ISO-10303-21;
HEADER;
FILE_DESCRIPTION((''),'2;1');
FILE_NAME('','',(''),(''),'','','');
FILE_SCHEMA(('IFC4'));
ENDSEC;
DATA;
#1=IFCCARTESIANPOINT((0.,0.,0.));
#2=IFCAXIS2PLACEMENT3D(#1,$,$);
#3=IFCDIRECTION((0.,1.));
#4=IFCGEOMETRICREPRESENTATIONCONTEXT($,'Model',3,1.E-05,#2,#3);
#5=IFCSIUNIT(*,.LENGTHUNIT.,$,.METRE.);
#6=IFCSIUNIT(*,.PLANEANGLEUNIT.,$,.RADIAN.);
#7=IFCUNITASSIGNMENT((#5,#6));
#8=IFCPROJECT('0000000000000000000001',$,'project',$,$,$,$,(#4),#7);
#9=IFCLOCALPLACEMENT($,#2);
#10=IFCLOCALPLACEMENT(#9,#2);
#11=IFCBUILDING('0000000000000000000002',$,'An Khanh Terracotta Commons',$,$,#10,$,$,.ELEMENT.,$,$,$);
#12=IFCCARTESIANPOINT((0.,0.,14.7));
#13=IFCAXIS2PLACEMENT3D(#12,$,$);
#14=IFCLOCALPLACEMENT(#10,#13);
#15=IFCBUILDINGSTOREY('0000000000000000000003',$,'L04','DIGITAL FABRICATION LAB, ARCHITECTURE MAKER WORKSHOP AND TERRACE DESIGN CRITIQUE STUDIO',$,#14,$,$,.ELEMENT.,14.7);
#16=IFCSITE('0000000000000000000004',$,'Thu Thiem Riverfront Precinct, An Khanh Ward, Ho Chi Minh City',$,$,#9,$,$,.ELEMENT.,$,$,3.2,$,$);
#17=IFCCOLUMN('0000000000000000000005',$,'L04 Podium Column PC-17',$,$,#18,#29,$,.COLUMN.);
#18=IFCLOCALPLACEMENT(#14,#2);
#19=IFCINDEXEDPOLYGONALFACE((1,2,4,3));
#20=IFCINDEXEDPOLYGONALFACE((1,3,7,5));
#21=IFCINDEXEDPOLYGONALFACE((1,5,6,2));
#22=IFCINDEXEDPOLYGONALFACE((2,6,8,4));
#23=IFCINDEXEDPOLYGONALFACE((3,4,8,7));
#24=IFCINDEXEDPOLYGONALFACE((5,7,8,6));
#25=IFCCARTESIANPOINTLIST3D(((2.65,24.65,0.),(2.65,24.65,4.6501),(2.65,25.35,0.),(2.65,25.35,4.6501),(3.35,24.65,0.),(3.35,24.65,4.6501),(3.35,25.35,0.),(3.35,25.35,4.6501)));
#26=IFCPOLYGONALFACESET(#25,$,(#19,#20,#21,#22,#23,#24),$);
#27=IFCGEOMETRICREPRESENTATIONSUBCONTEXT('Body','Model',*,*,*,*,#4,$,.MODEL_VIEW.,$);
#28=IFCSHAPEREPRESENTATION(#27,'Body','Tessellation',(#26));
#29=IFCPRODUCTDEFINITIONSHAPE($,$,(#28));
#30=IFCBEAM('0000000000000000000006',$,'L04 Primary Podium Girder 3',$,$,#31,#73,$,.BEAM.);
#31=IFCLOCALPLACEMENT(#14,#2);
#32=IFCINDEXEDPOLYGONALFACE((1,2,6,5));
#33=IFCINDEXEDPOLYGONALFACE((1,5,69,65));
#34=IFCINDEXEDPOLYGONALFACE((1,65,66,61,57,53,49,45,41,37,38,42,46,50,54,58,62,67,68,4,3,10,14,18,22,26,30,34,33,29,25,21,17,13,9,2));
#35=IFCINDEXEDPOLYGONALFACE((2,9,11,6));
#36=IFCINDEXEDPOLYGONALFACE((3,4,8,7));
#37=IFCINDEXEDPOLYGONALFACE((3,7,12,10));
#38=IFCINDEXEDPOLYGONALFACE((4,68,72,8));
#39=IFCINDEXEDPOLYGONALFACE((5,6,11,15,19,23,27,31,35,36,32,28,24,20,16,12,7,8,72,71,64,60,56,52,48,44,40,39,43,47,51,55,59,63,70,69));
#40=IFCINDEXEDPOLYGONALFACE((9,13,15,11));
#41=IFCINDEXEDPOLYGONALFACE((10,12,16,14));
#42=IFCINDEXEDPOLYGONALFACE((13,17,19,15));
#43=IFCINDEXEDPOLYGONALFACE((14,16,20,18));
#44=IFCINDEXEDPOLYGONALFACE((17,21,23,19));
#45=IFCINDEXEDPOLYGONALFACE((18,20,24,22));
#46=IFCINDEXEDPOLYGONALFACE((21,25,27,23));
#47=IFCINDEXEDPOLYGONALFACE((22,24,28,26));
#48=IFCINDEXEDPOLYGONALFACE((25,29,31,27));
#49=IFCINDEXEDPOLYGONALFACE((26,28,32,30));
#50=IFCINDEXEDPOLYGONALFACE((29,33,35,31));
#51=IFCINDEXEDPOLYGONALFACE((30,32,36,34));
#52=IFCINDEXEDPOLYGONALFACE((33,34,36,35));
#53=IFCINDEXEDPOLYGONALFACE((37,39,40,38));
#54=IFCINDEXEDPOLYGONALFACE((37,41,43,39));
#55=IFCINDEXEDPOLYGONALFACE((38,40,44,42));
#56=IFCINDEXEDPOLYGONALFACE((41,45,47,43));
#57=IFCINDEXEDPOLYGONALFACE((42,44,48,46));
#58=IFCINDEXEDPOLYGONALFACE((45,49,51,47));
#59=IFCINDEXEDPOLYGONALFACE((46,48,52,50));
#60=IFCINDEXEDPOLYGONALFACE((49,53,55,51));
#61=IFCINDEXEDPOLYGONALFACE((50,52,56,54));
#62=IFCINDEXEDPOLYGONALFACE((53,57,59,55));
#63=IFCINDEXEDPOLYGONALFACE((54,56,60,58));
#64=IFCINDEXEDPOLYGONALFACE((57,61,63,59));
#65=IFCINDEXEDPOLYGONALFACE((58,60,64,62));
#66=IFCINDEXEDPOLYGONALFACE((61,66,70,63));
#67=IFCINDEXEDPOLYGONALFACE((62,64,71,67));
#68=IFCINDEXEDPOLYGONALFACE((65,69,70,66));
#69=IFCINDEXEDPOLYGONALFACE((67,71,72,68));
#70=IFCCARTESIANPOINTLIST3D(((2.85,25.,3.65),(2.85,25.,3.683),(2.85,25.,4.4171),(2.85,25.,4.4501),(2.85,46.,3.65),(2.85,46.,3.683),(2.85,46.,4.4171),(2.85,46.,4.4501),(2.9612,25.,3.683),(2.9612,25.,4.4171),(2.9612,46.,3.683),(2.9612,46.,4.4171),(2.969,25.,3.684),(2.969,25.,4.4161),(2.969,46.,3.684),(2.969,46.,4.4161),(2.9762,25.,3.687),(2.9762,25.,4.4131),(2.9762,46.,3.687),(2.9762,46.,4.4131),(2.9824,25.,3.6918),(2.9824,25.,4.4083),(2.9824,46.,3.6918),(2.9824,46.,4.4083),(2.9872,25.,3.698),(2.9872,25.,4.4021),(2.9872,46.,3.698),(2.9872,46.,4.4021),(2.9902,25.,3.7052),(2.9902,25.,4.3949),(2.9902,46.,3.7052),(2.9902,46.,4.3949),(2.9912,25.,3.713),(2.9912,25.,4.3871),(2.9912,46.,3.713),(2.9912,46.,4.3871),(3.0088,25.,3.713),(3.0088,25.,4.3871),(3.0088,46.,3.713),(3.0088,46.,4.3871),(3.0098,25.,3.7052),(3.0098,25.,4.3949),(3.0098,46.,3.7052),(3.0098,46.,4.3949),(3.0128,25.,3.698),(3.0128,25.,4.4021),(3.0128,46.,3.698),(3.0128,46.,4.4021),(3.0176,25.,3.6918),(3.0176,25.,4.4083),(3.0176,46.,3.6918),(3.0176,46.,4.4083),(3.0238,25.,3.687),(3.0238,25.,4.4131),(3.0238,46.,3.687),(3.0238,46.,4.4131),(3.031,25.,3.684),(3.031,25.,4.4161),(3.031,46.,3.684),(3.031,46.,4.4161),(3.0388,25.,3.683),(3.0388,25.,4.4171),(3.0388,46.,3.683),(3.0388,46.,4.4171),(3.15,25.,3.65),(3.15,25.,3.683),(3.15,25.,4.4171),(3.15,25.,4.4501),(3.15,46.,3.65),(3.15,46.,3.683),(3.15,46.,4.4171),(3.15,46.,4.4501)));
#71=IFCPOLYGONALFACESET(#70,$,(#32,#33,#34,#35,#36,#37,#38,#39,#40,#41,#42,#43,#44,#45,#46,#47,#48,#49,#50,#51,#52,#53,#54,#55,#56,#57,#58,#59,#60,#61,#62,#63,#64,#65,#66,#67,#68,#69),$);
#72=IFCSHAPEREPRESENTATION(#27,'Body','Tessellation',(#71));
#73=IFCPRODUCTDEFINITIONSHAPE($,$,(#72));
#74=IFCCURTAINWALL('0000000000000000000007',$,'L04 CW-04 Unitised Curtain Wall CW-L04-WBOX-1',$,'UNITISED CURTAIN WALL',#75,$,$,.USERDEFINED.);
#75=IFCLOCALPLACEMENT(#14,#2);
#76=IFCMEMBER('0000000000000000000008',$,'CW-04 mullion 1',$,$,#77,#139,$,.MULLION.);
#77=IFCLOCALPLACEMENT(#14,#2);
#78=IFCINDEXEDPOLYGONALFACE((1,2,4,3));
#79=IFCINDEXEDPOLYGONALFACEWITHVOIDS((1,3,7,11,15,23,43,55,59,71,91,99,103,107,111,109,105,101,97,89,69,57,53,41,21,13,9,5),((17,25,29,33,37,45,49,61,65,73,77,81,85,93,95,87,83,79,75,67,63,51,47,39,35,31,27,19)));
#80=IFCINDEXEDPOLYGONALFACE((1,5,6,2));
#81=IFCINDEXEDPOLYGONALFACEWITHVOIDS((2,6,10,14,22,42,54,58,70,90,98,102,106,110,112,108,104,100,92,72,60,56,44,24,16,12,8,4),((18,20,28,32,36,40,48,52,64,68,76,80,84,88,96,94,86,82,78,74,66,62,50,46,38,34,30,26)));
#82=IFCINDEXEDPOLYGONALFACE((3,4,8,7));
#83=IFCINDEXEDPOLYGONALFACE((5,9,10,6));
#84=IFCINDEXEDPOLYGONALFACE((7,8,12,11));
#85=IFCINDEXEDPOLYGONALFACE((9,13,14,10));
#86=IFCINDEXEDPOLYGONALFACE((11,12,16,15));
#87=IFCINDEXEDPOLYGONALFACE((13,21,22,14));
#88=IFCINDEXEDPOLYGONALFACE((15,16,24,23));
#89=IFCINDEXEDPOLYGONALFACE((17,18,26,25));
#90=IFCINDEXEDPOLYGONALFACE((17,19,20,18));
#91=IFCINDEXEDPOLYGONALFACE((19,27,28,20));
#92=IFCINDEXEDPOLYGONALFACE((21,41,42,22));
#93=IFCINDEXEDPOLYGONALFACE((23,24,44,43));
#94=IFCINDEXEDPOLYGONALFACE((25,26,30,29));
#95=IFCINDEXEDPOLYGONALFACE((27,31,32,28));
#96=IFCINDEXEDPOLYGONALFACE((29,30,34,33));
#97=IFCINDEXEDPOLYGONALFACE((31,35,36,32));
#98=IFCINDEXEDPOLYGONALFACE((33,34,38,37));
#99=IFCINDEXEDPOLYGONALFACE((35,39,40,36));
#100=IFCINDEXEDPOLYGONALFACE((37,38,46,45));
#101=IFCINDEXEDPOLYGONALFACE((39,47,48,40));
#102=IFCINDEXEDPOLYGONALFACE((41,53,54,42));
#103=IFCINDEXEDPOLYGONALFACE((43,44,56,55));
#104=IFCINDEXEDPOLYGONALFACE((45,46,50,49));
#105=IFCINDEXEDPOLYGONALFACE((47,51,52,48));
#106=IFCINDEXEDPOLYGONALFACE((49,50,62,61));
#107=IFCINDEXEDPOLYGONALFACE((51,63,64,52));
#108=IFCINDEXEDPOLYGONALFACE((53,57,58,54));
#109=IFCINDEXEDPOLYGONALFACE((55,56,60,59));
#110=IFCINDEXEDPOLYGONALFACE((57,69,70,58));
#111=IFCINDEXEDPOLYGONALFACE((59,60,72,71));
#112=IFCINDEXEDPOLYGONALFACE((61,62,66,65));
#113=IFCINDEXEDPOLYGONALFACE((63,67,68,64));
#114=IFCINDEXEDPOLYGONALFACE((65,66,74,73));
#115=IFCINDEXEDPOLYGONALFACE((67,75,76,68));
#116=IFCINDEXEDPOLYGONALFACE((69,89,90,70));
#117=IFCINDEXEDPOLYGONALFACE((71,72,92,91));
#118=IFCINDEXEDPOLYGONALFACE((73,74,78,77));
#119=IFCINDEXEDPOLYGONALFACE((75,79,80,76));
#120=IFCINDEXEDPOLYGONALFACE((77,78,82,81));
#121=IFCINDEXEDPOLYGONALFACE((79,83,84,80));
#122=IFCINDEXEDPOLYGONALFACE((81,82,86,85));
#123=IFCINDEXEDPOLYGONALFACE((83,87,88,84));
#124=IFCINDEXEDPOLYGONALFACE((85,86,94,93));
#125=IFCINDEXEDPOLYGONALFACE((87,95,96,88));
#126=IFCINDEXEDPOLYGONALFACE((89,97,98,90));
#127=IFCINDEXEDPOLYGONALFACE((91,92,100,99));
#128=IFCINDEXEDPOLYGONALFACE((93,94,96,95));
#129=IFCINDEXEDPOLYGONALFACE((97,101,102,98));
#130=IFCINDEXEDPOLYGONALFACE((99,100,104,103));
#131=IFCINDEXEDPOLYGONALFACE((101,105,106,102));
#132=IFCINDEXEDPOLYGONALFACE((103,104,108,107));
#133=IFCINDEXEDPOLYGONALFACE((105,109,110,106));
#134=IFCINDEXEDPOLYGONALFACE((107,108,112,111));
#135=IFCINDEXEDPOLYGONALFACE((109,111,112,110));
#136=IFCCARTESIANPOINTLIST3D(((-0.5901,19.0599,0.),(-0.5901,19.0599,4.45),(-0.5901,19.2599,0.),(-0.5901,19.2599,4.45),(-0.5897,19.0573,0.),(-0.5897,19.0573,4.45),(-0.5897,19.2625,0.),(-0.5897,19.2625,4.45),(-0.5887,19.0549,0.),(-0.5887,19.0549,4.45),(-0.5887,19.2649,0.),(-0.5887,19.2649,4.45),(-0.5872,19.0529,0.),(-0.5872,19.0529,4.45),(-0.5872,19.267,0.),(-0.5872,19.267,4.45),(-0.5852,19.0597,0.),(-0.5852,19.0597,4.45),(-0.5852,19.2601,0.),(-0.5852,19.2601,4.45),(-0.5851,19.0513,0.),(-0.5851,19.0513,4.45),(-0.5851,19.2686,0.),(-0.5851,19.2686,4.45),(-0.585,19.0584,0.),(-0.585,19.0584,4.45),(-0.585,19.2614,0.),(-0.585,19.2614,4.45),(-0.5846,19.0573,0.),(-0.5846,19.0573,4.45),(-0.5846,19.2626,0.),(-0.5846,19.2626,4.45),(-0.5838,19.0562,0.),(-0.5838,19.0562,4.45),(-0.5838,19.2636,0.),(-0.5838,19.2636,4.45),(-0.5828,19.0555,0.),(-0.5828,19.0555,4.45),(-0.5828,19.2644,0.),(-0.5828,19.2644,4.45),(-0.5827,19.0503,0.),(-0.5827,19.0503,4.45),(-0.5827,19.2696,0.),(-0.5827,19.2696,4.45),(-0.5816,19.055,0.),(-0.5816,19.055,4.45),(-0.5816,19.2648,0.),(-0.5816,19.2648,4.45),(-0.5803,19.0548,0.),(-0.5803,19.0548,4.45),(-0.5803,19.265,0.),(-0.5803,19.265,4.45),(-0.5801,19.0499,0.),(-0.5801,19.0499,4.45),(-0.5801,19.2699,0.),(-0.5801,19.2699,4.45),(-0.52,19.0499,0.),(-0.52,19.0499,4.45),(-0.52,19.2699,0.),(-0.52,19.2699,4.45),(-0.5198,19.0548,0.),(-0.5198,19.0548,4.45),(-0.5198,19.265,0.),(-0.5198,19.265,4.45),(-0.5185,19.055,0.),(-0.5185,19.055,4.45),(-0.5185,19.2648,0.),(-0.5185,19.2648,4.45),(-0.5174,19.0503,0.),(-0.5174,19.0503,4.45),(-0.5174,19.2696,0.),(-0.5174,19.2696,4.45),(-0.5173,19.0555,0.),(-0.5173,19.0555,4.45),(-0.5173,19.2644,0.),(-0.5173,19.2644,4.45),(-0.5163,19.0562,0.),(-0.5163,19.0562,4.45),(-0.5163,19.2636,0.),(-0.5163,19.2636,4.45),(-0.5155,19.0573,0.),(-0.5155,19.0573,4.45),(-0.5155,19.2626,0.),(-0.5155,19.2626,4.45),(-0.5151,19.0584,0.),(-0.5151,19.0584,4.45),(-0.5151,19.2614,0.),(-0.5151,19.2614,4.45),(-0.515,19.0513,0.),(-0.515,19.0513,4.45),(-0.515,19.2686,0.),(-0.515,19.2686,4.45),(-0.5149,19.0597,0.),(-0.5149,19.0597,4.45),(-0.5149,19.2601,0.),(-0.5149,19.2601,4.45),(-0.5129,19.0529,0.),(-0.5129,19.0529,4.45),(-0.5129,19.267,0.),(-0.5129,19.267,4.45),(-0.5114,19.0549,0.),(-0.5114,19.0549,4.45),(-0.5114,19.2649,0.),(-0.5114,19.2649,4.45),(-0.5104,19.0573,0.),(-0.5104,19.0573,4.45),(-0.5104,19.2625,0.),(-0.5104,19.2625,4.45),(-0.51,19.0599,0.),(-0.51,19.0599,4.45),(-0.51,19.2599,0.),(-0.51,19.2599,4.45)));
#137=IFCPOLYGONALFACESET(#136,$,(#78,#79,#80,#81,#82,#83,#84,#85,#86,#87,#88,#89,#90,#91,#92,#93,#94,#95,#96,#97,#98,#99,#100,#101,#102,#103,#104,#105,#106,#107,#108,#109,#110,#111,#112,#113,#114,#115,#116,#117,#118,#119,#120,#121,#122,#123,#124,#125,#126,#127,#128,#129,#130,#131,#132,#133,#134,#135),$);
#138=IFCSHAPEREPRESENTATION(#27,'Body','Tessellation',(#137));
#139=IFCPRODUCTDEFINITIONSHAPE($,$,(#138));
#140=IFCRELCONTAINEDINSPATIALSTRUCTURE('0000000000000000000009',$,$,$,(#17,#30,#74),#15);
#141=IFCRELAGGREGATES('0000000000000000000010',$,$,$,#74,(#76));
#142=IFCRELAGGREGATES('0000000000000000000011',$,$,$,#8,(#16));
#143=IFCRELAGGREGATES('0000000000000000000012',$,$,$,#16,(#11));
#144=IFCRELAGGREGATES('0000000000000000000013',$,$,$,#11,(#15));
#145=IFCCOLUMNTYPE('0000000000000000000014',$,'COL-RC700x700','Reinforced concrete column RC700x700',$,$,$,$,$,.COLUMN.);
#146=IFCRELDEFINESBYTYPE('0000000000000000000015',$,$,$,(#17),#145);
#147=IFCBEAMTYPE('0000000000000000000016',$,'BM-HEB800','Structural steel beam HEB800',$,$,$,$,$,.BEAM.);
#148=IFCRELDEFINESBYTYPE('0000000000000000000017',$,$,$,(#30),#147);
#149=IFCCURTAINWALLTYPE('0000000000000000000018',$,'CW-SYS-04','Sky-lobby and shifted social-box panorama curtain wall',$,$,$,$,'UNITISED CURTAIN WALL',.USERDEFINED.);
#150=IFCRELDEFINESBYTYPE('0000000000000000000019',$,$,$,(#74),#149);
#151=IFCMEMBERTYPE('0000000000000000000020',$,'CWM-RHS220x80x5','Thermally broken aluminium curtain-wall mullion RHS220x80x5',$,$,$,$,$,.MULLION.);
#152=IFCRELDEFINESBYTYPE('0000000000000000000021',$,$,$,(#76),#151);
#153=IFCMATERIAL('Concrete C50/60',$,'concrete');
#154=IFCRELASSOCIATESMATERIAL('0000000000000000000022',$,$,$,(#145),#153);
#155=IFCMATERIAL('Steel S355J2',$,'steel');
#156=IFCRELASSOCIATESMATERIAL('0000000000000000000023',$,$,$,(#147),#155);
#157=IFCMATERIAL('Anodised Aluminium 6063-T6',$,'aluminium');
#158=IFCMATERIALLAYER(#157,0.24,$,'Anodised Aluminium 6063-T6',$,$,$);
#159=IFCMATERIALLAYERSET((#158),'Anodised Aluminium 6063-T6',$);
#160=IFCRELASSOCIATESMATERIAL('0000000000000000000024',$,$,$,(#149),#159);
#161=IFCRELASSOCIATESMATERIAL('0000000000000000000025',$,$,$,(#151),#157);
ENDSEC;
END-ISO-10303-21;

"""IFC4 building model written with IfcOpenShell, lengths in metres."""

from ifc_helpers import new_model, si_unit, direction, frame, origin, origin_2d, place, context, subcontext, project, spatial, rectangle, hollow_rectangle, i_section, extrude, material, layer, layer_set, material_profile, profile_set, type_object, element, aggregate, save


model = new_model("IFC4")

# Units and contexts
model_context = context("Model", 3, precision=1e-05, world=origin(), true_north=direction((0.0, 1.0)))
body_context = subcontext(model_context, "Body", "Model", "MODEL_VIEW")
ifc_project = project(units=[si_unit("LENGTHUNIT", "METRE"), si_unit("PLANEANGLEUNIT", "RADIAN")], contexts=[model_context])

# Site, building, storey
site_placement = place(None, origin())
site = spatial("IfcSite", under=ifc_project, at=site_placement, Name="Thu Thiem Riverfront Precinct, An Khanh Ward, Ho Chi Minh City", CompositionType="ELEMENT", RefElevation=3.2)
building_placement = place(site_placement, origin())
building = spatial("IfcBuilding", under=site, at=building_placement, Name="An Khanh Terracotta Commons", CompositionType="ELEMENT")
storey_placement = place(building_placement, frame((0.0, 0.0, 14.7)))
storey = spatial("IfcBuildingStorey", under=building, at=storey_placement, Name="L04", Description="DIGITAL FABRICATION LAB, ARCHITECTURE MAKER WORKSHOP AND TERRACE DESIGN CRITIQUE STUDIO", CompositionType="ELEMENT", Elevation=14.7)

# Column
ifc_material_1 = material(Name="Concrete C50/60", Category="concrete")
ifc_material_profile_1 = material_profile(ifc_material_1, rectangle(XDim=0.7, YDim=0.7, at=origin_2d()), Name="RC700x700")
ifc_profile_set_1 = profile_set([ifc_material_profile_1], Name="Concrete C50/60")
column_type = type_object("IfcColumnType", Name="COL-RC700x700", Description="Reinforced concrete column RC700x700", PredefinedType="COLUMN", material=ifc_profile_set_1)
column_placement = place(storey_placement, frame((3.0, 25.0, 0.0), z_axis=(0.0, 0.0, 1.0), x_axis=(1.0, 0.0, 0.0)))
element("IfcColumn", 1, at=column_placement, inside=storey, type_object=column_type, Name="L04 Podium Column PC-17", PredefinedType="COLUMN", context=body_context, shape_type="SweptSolid", body=[
    extrude(rectangle(XDim=0.7, YDim=0.7, at=origin_2d()), origin(), (0.0, 0.0, 1.0), 4.6501),
])

# Beam
ifc_material_2 = material(Name="Steel S355J2", Category="steel")
ifc_material_profile_2 = material_profile(ifc_material_2, i_section(OverallWidth=0.3, OverallDepth=0.8, WebThickness=0.0176, FlangeThickness=0.033, FilletRadius=0.03, at=origin_2d()), Name="HEB800")
ifc_profile_set_2 = profile_set([ifc_material_profile_2], Name="Steel S355J2")
beam_type = type_object("IfcBeamType", Name="BM-HEB800", Description="Structural steel beam HEB800", PredefinedType="BEAM", material=ifc_profile_set_2)
beam_placement = place(storey_placement, frame((3.0, 25.0, 4.05), z_axis=(0.0, 1.0, 0.0), x_axis=(-1.0, 0.0, 0.0)))
element("IfcBeam", 2, at=beam_placement, inside=storey, type_object=beam_type, Name="L04 Primary Podium Girder 3", PredefinedType="BEAM", context=body_context, shape_type="SweptSolid", body=[
    extrude(i_section(OverallWidth=0.3, OverallDepth=0.8, WebThickness=0.0176, FlangeThickness=0.033, FilletRadius=0.03, at=origin_2d()), origin(), (0.0, 0.0, 1.0), 21.0),
])

# Curtain wall, member
ifc_material_3 = material(Name="Anodised Aluminium 6063-T6", Category="aluminium")
ifc_layer_1 = layer(ifc_material_3, 0.24, Name="Anodised Aluminium 6063-T6")
ifc_layer_set_1 = layer_set([ifc_layer_1], Name="Anodised Aluminium 6063-T6")
curtain_wall_type = type_object("IfcCurtainWallType", Name="CW-SYS-04", Description="Sky-lobby and shifted social-box panorama curtain wall", ElementType="UNITISED CURTAIN WALL", PredefinedType="USERDEFINED", material=ifc_layer_set_1)
curtain_wall_1_placement = place(storey_placement, origin())
curtain_wall_1 = element("IfcCurtainWall", 3, at=curtain_wall_1_placement, inside=storey, type_object=curtain_wall_type, Name="L04 CW-04 Unitised Curtain Wall CW-L04-WBOX-1", ObjectType="UNITISED CURTAIN WALL", PredefinedType="USERDEFINED")
ifc_material_profile_3 = material_profile(ifc_material_3, hollow_rectangle(XDim=0.0801, YDim=0.22, WallThickness=0.0049, InnerFilletRadius=0.0049, OuterFilletRadius=0.01, at=origin_2d()), Name="RHS220x80x5")
ifc_profile_set_3 = profile_set([ifc_material_profile_3], Name="Anodised Aluminium 6063-T6")
member_type_1 = type_object("IfcMemberType", Name="CWM-RHS220x80x5", Description="Thermally broken aluminium curtain-wall mullion RHS220x80x5", PredefinedType="MULLION", material=ifc_profile_set_3)
member_1_placement = place(storey_placement, frame((-0.55, 19.1599, 0.0), z_axis=(0.0, 0.0, 1.0), x_axis=(1.0, 0.0, 0.0)))
member_1 = element("IfcMember", 4, at=member_1_placement, type_object=member_type_1, Name="CW-04 mullion 1", PredefinedType="MULLION", context=body_context, shape_type="SweptSolid", body=[
    extrude(hollow_rectangle(XDim=0.0801, YDim=0.22, WallThickness=0.0049, InnerFilletRadius=0.0049, OuterFilletRadius=0.01, at=origin_2d()), origin(), (0.0, 0.0, 1.0), 4.45),
])

aggregate(curtain_wall_1, [member_1])

save(model, "model.ifc")
